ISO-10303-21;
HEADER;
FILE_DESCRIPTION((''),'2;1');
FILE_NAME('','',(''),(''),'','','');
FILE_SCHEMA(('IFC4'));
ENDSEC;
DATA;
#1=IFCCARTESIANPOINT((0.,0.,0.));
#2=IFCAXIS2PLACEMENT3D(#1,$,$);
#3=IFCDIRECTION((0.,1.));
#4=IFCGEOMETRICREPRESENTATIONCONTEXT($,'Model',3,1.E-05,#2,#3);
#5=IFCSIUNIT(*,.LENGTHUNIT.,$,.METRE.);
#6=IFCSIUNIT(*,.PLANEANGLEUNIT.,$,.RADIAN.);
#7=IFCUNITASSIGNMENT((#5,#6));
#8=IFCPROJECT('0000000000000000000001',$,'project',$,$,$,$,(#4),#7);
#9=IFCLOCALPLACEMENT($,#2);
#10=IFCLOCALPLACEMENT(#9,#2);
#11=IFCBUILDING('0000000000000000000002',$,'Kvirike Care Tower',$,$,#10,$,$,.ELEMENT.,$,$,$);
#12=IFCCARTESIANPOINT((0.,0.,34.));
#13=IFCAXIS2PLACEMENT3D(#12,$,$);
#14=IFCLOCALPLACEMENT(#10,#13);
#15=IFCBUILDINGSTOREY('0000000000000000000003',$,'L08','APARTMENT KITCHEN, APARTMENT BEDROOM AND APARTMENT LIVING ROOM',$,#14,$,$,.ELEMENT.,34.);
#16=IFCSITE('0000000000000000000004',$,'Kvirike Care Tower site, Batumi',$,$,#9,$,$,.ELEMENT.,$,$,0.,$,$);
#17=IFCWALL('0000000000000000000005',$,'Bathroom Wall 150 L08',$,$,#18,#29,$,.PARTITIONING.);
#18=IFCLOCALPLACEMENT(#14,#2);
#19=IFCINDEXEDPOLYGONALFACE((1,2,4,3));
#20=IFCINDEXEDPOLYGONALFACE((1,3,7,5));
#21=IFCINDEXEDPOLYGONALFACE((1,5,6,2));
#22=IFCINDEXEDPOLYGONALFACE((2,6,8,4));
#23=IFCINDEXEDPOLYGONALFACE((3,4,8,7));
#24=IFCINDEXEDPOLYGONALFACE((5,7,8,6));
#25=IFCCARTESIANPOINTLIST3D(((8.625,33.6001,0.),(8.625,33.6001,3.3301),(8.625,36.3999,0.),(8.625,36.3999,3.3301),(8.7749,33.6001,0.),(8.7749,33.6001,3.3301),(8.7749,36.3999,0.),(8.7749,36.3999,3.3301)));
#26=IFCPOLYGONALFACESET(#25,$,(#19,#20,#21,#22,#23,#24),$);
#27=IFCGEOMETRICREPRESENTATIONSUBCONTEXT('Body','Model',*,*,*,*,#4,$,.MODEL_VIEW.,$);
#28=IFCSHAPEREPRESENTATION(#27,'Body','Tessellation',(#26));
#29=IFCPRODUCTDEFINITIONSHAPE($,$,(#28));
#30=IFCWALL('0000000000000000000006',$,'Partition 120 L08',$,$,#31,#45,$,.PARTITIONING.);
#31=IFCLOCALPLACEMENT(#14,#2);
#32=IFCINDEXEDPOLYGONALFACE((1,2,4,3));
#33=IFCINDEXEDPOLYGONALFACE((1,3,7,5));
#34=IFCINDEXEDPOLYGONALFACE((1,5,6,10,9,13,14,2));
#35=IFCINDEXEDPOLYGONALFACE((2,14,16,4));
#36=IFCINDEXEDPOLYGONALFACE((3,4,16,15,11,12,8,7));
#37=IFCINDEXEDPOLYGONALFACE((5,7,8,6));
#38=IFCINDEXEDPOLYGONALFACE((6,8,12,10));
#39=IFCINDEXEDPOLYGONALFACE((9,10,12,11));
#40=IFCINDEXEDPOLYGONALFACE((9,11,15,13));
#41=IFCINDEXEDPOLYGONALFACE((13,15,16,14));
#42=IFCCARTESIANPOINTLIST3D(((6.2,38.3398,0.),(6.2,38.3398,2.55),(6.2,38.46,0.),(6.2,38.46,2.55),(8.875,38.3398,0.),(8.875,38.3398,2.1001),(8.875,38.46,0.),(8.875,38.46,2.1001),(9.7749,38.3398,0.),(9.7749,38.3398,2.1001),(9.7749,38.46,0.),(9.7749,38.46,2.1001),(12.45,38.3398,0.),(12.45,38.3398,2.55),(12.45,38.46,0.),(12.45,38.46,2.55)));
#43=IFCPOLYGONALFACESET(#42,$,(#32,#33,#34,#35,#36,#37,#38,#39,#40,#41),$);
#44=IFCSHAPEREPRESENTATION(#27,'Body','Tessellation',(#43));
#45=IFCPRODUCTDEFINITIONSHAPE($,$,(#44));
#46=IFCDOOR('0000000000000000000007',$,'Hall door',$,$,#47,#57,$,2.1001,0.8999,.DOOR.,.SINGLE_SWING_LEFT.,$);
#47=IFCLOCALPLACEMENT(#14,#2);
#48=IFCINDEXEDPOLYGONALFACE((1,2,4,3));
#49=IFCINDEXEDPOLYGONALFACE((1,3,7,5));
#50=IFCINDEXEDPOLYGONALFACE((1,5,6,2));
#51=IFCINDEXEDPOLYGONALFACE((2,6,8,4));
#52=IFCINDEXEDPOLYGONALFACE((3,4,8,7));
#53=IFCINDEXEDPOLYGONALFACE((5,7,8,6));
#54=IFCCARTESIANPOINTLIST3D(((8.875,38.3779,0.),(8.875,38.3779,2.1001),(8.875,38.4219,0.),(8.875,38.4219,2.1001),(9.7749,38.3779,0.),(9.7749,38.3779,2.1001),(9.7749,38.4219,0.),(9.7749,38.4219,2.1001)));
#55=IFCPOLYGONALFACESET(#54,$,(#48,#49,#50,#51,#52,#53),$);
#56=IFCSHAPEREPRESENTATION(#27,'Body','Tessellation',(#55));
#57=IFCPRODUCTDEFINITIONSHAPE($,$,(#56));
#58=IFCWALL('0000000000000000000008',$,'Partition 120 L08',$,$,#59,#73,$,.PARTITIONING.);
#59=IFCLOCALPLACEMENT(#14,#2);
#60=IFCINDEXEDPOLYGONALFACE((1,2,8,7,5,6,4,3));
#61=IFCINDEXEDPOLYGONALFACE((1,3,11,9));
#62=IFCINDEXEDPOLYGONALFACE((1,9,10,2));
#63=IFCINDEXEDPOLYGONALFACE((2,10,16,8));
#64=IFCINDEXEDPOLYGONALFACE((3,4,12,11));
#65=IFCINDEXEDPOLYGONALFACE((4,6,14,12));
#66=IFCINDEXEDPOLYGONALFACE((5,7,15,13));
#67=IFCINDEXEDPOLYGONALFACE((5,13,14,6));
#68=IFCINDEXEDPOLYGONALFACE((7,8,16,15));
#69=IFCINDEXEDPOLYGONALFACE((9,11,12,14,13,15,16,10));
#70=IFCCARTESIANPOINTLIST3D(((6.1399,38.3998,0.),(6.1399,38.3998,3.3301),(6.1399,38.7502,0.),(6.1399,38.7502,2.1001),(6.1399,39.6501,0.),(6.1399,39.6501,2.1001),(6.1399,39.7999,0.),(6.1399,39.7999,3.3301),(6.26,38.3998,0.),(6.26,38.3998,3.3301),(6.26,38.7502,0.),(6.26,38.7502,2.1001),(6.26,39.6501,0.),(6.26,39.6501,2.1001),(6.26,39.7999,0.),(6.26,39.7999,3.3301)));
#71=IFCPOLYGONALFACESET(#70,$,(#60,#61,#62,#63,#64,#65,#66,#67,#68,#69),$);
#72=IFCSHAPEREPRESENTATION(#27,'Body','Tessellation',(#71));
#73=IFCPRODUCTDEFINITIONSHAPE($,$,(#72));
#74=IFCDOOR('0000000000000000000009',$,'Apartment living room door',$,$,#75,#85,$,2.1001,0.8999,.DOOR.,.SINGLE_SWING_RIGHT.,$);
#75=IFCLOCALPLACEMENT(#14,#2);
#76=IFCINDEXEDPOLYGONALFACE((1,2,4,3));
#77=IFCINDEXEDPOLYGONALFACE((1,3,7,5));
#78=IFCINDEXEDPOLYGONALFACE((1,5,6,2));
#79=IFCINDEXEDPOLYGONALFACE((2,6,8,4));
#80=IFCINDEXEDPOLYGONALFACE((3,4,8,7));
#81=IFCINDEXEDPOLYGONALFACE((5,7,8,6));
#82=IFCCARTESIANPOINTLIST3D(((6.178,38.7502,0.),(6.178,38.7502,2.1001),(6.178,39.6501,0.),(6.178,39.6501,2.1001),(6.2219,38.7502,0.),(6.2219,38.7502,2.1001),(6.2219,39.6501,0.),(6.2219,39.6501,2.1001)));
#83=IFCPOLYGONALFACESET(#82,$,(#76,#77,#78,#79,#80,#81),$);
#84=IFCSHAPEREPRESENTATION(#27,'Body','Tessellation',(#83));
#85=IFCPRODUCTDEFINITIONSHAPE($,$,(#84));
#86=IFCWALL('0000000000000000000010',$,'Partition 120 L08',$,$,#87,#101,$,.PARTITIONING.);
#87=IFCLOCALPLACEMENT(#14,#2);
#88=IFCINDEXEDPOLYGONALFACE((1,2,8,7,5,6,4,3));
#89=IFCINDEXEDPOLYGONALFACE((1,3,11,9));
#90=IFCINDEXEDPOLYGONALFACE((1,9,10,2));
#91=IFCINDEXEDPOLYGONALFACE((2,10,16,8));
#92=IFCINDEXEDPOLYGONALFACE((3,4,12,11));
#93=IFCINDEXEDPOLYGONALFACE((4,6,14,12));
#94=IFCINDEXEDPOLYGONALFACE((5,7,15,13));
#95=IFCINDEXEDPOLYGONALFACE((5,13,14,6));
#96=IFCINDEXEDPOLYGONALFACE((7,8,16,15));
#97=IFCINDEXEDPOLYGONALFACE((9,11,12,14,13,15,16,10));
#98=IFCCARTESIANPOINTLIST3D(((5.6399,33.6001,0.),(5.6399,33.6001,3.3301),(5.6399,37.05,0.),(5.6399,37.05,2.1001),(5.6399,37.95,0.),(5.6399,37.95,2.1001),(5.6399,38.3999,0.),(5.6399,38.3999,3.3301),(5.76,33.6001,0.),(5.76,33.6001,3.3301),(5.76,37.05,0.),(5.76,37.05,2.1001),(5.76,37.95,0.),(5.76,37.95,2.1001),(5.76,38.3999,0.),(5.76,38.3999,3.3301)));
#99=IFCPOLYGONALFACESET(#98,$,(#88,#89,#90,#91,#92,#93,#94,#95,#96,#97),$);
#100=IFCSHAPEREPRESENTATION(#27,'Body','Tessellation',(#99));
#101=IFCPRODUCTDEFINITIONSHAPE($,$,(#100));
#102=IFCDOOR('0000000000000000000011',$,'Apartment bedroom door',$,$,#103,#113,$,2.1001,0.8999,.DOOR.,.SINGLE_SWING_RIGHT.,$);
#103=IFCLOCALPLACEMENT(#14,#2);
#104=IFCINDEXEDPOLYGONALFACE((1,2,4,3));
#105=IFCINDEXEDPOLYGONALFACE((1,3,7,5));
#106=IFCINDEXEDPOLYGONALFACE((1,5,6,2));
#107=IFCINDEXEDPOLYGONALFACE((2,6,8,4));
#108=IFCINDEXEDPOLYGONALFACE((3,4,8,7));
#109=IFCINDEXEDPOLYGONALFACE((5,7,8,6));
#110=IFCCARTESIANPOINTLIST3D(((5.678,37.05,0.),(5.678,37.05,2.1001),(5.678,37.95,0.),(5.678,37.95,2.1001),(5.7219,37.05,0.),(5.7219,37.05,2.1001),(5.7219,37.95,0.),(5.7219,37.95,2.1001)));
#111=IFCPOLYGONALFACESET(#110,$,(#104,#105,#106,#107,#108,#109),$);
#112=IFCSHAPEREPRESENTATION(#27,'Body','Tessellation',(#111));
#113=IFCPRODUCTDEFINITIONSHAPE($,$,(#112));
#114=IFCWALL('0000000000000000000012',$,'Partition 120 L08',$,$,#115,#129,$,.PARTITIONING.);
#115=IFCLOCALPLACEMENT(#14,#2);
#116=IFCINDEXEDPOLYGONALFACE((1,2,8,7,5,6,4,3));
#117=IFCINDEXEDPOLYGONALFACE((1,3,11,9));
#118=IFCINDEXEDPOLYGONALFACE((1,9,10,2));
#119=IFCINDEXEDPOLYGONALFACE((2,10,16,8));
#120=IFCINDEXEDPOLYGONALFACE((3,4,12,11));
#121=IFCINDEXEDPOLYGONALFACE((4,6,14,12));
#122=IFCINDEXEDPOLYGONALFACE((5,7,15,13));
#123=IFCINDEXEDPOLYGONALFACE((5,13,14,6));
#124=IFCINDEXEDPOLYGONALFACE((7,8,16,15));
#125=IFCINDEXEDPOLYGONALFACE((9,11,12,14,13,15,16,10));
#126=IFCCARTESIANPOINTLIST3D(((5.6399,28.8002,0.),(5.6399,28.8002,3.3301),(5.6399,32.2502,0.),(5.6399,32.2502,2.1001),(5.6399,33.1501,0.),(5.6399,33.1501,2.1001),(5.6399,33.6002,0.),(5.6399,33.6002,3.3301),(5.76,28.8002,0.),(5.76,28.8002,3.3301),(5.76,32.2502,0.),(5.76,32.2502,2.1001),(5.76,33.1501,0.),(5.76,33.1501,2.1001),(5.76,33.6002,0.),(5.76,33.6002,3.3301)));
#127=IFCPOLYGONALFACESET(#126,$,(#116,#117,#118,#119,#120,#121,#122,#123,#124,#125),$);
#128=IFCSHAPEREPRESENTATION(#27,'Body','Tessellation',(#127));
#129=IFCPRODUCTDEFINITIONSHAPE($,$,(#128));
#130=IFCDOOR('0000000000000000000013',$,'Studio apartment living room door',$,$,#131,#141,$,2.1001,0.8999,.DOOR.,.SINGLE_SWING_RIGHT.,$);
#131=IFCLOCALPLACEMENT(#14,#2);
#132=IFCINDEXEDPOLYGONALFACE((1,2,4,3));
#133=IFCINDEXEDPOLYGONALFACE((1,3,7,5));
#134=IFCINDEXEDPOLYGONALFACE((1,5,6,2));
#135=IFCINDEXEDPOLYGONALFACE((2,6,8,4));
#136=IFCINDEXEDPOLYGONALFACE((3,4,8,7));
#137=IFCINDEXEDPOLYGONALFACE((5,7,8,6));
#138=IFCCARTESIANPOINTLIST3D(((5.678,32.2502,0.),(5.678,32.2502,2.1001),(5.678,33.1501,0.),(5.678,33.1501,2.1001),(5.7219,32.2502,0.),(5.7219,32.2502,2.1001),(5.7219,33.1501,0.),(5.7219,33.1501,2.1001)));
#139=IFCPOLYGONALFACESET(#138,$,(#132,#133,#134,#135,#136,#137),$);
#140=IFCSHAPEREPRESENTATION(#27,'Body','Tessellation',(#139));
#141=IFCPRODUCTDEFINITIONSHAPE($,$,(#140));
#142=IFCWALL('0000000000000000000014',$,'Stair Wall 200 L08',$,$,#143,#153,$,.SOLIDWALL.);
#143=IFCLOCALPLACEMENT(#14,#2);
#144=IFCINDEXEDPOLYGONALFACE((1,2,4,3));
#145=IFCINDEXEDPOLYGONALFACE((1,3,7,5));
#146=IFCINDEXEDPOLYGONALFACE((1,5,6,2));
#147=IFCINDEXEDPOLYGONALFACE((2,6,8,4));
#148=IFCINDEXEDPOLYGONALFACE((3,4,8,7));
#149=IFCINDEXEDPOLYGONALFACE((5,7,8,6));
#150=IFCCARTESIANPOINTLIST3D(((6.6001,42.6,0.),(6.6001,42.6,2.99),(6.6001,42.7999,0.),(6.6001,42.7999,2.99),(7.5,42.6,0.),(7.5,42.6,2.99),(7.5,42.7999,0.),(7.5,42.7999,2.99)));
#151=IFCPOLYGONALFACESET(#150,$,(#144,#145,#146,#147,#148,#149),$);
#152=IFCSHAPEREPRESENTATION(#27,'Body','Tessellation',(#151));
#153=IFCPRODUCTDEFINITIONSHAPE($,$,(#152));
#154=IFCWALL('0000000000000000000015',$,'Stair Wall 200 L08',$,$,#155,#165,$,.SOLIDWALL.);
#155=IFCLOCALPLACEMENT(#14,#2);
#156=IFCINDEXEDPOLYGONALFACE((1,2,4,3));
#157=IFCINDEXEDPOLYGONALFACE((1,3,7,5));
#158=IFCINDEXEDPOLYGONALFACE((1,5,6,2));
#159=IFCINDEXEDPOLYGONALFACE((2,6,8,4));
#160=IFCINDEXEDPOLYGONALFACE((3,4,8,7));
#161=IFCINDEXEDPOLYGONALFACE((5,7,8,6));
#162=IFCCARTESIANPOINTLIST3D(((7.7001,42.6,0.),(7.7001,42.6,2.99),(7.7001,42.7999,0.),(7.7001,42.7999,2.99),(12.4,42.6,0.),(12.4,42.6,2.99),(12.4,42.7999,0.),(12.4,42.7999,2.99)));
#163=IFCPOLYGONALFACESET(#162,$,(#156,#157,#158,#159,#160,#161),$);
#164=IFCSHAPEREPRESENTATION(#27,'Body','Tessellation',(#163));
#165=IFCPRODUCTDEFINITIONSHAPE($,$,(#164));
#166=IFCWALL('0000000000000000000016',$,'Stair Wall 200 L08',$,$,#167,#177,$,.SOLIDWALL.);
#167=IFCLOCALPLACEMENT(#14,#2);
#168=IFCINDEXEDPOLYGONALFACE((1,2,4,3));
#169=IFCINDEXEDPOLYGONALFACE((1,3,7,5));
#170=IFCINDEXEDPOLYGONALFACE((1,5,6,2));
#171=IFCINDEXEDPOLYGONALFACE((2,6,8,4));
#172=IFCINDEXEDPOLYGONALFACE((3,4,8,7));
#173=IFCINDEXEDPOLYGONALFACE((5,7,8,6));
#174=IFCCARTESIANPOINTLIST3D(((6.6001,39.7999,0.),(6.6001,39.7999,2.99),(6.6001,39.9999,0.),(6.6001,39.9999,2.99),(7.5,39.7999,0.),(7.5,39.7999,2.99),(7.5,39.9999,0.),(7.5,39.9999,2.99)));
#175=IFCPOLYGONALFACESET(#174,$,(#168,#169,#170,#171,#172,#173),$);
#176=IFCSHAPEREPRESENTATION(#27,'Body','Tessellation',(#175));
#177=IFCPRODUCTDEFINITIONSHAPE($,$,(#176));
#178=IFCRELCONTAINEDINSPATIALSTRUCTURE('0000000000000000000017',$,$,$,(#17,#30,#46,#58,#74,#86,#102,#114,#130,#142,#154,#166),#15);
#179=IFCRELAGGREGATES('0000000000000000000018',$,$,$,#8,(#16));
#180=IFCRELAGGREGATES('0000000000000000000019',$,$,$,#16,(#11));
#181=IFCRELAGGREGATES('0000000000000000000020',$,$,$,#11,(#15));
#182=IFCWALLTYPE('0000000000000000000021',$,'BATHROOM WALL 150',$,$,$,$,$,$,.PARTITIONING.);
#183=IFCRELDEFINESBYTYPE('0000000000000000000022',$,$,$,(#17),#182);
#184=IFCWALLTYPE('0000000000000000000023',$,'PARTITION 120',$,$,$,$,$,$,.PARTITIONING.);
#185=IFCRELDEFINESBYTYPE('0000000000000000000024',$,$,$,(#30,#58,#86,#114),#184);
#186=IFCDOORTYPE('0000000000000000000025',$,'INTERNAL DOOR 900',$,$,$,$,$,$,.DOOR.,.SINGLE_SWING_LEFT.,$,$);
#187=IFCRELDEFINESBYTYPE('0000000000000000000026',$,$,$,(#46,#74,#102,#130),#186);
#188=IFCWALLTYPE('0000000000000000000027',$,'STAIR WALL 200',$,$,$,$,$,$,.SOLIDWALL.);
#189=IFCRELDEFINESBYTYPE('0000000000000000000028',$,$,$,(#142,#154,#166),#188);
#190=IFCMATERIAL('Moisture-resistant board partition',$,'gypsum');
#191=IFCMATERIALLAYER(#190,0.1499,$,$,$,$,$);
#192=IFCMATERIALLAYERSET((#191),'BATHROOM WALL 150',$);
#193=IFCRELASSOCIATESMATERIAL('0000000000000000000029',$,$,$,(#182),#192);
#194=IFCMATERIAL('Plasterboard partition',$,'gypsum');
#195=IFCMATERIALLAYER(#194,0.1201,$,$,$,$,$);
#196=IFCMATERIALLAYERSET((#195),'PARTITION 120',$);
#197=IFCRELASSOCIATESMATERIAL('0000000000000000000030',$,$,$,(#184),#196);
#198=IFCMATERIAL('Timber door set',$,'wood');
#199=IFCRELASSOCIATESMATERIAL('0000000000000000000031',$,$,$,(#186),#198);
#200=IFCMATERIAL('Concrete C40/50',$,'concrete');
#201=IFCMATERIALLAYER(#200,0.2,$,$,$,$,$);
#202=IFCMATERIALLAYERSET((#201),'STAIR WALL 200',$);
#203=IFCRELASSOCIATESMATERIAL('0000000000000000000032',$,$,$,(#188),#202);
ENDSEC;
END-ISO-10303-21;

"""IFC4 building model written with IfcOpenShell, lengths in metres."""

from ifc_helpers import new_model, si_unit, direction, frame, frame_2d, origin, place, context, subcontext, project, spatial, rectangle, extrude, material, layer, layer_set, type_object, element, fill, save


model = new_model("IFC4")

# Units and contexts
model_context = context("Model", 3, precision=1e-05, world=origin(), true_north=direction((0.0, 1.0)))
body_context = subcontext(model_context, "Body", "Model", "MODEL_VIEW")
ifc_project = project(units=[si_unit("LENGTHUNIT", "METRE"), si_unit("PLANEANGLEUNIT", "RADIAN")], contexts=[model_context])

# Site, building, storey
site_placement = place(None, origin())
site = spatial("IfcSite", under=ifc_project, at=site_placement, Name="Kvirike Care Tower site, Batumi", CompositionType="ELEMENT", RefElevation=0.0)
building_placement = place(site_placement, origin())
building = spatial("IfcBuilding", under=site, at=building_placement, Name="Kvirike Care Tower", CompositionType="ELEMENT")
storey_placement = place(building_placement, frame((0.0, 0.0, 34.0)))
storey = spatial("IfcBuildingStorey", under=building, at=storey_placement, Name="L08", Description="APARTMENT KITCHEN, APARTMENT BEDROOM AND APARTMENT LIVING ROOM", CompositionType="ELEMENT", Elevation=34.0)

# Shared definitions
ifc_material_1 = material(Name="Moisture-resistant board partition", Category="gypsum")
ifc_layer_1 = layer(ifc_material_1, 0.1499)
ifc_layer_set_1 = layer_set([ifc_layer_1], Name="BATHROOM WALL 150")
wall_type_1 = type_object("IfcWallType", Name="BATHROOM WALL 150", PredefinedType="PARTITIONING", material=ifc_layer_set_1)

# Wall
wall_1_placement = place(storey_placement, frame((8.7, 36.3999, 0.0), z_axis=(0.0, 0.0, 1.0), x_axis=(0.0, -1.0, 0.0)))
element("IfcWall", 1, at=wall_1_placement, inside=storey, type_object=wall_type_1, Name="Bathroom Wall 150 L08", PredefinedType="PARTITIONING", context=body_context, shape_type="SweptSolid", body=[
    extrude(rectangle(XDim=2.7998, YDim=0.1499, at=frame_2d((1.3999, 0.0))), origin(), (0.0, 0.0, 1.0), 3.3301),
])

# Walls, openings, doors
ifc_material_2 = material(Name="Plasterboard partition", Category="gypsum")
ifc_layer_2 = layer(ifc_material_2, 0.1201)
ifc_layer_set_2 = layer_set([ifc_layer_2], Name="PARTITION 120")
wall_type_2 = type_object("IfcWallType", Name="PARTITION 120", PredefinedType="PARTITIONING", material=ifc_layer_set_2)
wall_2_placement = place(storey_placement, frame((6.2, 38.3999, 0.0), z_axis=(0.0, 0.0, 1.0), x_axis=(1.0, 0.0, 0.0)))
wall_2 = element("IfcWall", 2, at=wall_2_placement, inside=storey, type_object=wall_type_2, Name="Partition 120 L08", PredefinedType="PARTITIONING", context=body_context, shape_type="SweptSolid", body=[
    extrude(rectangle(XDim=6.25, YDim=0.1201, at=frame_2d((3.125, 0.0))), origin(), (0.0, 0.0, 1.0), 2.55),
])
opening_1_placement = place(wall_2_placement, frame((2.675, 0.0, 0.0)))
opening_1 = element("IfcOpeningElement", 3, at=opening_1_placement, cuts=wall_2, PredefinedType="OPENING", context=body_context, shape_type="SweptSolid", body=[
    extrude(rectangle(XDim=0.8999, YDim=2.1001, at=frame_2d((0.45, 1.05))), frame((0.0, 0.0706, 0.0), z_axis=(0.0, -1.0, 0.0), x_axis=(1.0, 0.0, 0.0)), (0.0, 0.0, 1.0), 0.1411),
])
ifc_material_3 = material(Name="Timber door set", Category="wood")
door_type_1 = type_object("IfcDoorType", Name="INTERNAL DOOR 900", OperationType="SINGLE_SWING_LEFT", PredefinedType="DOOR", material=ifc_material_3)
door_1_placement = place(opening_1_placement, origin())
door_1 = element("IfcDoor", 4, at=door_1_placement, inside=storey, type_object=door_type_1, Name="Hall door", OperationType="SINGLE_SWING_LEFT", OverallHeight=2.1001, OverallWidth=0.8999, PredefinedType="DOOR", context=body_context, shape_type="SweptSolid", body=[
    extrude(rectangle(XDim=0.8999, YDim=2.1001, at=frame_2d((0.45, 1.05))), frame((0.0, 0.022, 0.0), z_axis=(0.0, -1.0, 0.0), x_axis=(1.0, 0.0, 0.0)), (0.0, 0.0, 1.0), 0.0439),
])
fill(opening_1, door_1)
wall_3_placement = place(storey_placement, frame((6.2, 39.8, 0.0), z_axis=(0.0, 0.0, 1.0), x_axis=(0.0, -1.0, 0.0)))
wall_3 = element("IfcWall", 5, at=wall_3_placement, inside=storey, type_object=wall_type_2, Name="Partition 120 L08", PredefinedType="PARTITIONING", context=body_context, shape_type="SweptSolid", body=[
    extrude(rectangle(XDim=1.4001, YDim=0.1201, at=frame_2d((0.7002, 0.0))), origin(), (0.0, 0.0, 1.0), 3.3301),
])
opening_2_placement = place(wall_3_placement, frame((0.1499, 0.0, 0.0)))
opening_2 = element("IfcOpeningElement", 6, at=opening_2_placement, cuts=wall_3, PredefinedType="OPENING", context=body_context, shape_type="SweptSolid", body=[
    extrude(rectangle(XDim=0.8999, YDim=2.1001, at=frame_2d((0.45, 1.05))), frame((0.0, 0.0706, 0.0), z_axis=(0.0, -1.0, 0.0), x_axis=(1.0, 0.0, 0.0)), (0.0, 0.0, 1.0), 0.1411),
])
door_2_placement = place(opening_2_placement, origin())
door_2 = element("IfcDoor", 7, at=door_2_placement, inside=storey, type_object=door_type_1, Name="Apartment living room door", OperationType="SINGLE_SWING_RIGHT", OverallHeight=2.1001, OverallWidth=0.8999, PredefinedType="DOOR", context=body_context, shape_type="SweptSolid", body=[
    extrude(rectangle(XDim=0.8999, YDim=2.1001, at=frame_2d((0.45, 1.05))), frame((0.0, 0.022, 0.0), z_axis=(0.0, -1.0, 0.0), x_axis=(1.0, 0.0, 0.0)), (0.0, 0.0, 1.0), 0.0439),
])
fill(opening_2, door_2)
wall_4_placement = place(storey_placement, frame((5.7, 38.3999, 0.0), z_axis=(0.0, 0.0, 1.0), x_axis=(0.0, -1.0, 0.0)))
wall_4 = element("IfcWall", 8, at=wall_4_placement, inside=storey, type_object=wall_type_2, Name="Partition 120 L08", PredefinedType="PARTITIONING", context=body_context, shape_type="SweptSolid", body=[
    extrude(rectangle(XDim=4.7998, YDim=0.1201, at=frame_2d((2.3999, 0.0))), origin(), (0.0, 0.0, 1.0), 3.3301),
])
opening_3_placement = place(wall_4_placement, frame((0.45, 0.0, 0.0)))
opening_3 = element("IfcOpeningElement", 9, at=opening_3_placement, cuts=wall_4, PredefinedType="OPENING", context=body_context, shape_type="SweptSolid", body=[
    extrude(rectangle(XDim=0.8999, YDim=2.1001, at=frame_2d((0.45, 1.05))), frame((0.0, 0.0706, 0.0), z_axis=(0.0, -1.0, 0.0), x_axis=(1.0, 0.0, 0.0)), (0.0, 0.0, 1.0), 0.1411),
])
door_3_placement = place(opening_3_placement, origin())
door_3 = element("IfcDoor", 10, at=door_3_placement, inside=storey, type_object=door_type_1, Name="Apartment bedroom door", OperationType="SINGLE_SWING_RIGHT", OverallHeight=2.1001, OverallWidth=0.8999, PredefinedType="DOOR", context=body_context, shape_type="SweptSolid", body=[
    extrude(rectangle(XDim=0.8999, YDim=2.1001, at=frame_2d((0.45, 1.05))), frame((0.0, 0.022, 0.0), z_axis=(0.0, -1.0, 0.0), x_axis=(1.0, 0.0, 0.0)), (0.0, 0.0, 1.0), 0.0439),
])
fill(opening_3, door_3)
wall_5_placement = place(storey_placement, frame((5.7, 33.6001, 0.0), z_axis=(0.0, 0.0, 1.0), x_axis=(0.0, -1.0, 0.0)))
wall_5 = element("IfcWall", 11, at=wall_5_placement, inside=storey, type_object=wall_type_2, Name="Partition 120 L08", PredefinedType="PARTITIONING", context=body_context, shape_type="SweptSolid", body=[
    extrude(rectangle(XDim=4.8, YDim=0.1201, at=frame_2d((2.3999, 0.0))), origin(), (0.0, 0.0, 1.0), 3.3301),
])
opening_4_placement = place(wall_5_placement, frame((0.45, 0.0, 0.0)))
opening_4 = element("IfcOpeningElement", 12, at=opening_4_placement, cuts=wall_5, PredefinedType="OPENING", context=body_context, shape_type="SweptSolid", body=[
    extrude(rectangle(XDim=0.8999, YDim=2.1001, at=frame_2d((0.45, 1.05))), frame((0.0, 0.0706, 0.0), z_axis=(0.0, -1.0, 0.0), x_axis=(1.0, 0.0, 0.0)), (0.0, 0.0, 1.0), 0.1411),
])
door_4_placement = place(opening_4_placement, origin())
door_4 = element("IfcDoor", 13, at=door_4_placement, inside=storey, type_object=door_type_1, Name="Studio apartment living room door", OperationType="SINGLE_SWING_RIGHT", OverallHeight=2.1001, OverallWidth=0.8999, PredefinedType="DOOR", context=body_context, shape_type="SweptSolid", body=[
    extrude(rectangle(XDim=0.8999, YDim=2.1001, at=frame_2d((0.45, 1.05))), frame((0.0, 0.022, 0.0), z_axis=(0.0, -1.0, 0.0), x_axis=(1.0, 0.0, 0.0)), (0.0, 0.0, 1.0), 0.0439),
])
fill(opening_4, door_4)

# Walls
ifc_material_4 = material(Name="Concrete C40/50", Category="concrete")
ifc_layer_3 = layer(ifc_material_4, 0.2)
ifc_layer_set_3 = layer_set([ifc_layer_3], Name="STAIR WALL 200")
wall_type_3 = type_object("IfcWallType", Name="STAIR WALL 200", PredefinedType="SOLIDWALL", material=ifc_layer_set_3)
wall_6_placement = place(storey_placement, frame((6.6001, 42.7, 0.0), z_axis=(0.0, 0.0, 1.0), x_axis=(1.0, 0.0, 0.0)))
element("IfcWall", 14, at=wall_6_placement, inside=storey, type_object=wall_type_3, Name="Stair Wall 200 L08", PredefinedType="SOLIDWALL", context=body_context, shape_type="SweptSolid", body=[
    extrude(rectangle(XDim=0.8999, YDim=0.2, at=frame_2d((0.45, 0.0))), origin(), (0.0, 0.0, 1.0), 2.99),
])
wall_7_placement = place(storey_placement, frame((7.7, 42.7, 0.0), z_axis=(0.0, 0.0, 1.0), x_axis=(1.0, 0.0, 0.0)))
element("IfcWall", 15, at=wall_7_placement, inside=storey, type_object=wall_type_3, Name="Stair Wall 200 L08", PredefinedType="SOLIDWALL", context=body_context, shape_type="SweptSolid", body=[
    extrude(rectangle(XDim=4.7, YDim=0.2, at=frame_2d((2.3501, 0.0))), origin(), (0.0, 0.0, 1.0), 2.99),
])
wall_8_placement = place(storey_placement, frame((6.6001, 39.8999, 0.0), z_axis=(0.0, 0.0, 1.0), x_axis=(1.0, 0.0, 0.0)))
element("IfcWall", 16, at=wall_8_placement, inside=storey, type_object=wall_type_3, Name="Stair Wall 200 L08", PredefinedType="SOLIDWALL", context=body_context, shape_type="SweptSolid", body=[
    extrude(rectangle(XDim=0.8999, YDim=0.2, at=frame_2d((0.45, 0.0))), origin(), (0.0, 0.0, 1.0), 2.99),
])

save(model, "model.ifc")
